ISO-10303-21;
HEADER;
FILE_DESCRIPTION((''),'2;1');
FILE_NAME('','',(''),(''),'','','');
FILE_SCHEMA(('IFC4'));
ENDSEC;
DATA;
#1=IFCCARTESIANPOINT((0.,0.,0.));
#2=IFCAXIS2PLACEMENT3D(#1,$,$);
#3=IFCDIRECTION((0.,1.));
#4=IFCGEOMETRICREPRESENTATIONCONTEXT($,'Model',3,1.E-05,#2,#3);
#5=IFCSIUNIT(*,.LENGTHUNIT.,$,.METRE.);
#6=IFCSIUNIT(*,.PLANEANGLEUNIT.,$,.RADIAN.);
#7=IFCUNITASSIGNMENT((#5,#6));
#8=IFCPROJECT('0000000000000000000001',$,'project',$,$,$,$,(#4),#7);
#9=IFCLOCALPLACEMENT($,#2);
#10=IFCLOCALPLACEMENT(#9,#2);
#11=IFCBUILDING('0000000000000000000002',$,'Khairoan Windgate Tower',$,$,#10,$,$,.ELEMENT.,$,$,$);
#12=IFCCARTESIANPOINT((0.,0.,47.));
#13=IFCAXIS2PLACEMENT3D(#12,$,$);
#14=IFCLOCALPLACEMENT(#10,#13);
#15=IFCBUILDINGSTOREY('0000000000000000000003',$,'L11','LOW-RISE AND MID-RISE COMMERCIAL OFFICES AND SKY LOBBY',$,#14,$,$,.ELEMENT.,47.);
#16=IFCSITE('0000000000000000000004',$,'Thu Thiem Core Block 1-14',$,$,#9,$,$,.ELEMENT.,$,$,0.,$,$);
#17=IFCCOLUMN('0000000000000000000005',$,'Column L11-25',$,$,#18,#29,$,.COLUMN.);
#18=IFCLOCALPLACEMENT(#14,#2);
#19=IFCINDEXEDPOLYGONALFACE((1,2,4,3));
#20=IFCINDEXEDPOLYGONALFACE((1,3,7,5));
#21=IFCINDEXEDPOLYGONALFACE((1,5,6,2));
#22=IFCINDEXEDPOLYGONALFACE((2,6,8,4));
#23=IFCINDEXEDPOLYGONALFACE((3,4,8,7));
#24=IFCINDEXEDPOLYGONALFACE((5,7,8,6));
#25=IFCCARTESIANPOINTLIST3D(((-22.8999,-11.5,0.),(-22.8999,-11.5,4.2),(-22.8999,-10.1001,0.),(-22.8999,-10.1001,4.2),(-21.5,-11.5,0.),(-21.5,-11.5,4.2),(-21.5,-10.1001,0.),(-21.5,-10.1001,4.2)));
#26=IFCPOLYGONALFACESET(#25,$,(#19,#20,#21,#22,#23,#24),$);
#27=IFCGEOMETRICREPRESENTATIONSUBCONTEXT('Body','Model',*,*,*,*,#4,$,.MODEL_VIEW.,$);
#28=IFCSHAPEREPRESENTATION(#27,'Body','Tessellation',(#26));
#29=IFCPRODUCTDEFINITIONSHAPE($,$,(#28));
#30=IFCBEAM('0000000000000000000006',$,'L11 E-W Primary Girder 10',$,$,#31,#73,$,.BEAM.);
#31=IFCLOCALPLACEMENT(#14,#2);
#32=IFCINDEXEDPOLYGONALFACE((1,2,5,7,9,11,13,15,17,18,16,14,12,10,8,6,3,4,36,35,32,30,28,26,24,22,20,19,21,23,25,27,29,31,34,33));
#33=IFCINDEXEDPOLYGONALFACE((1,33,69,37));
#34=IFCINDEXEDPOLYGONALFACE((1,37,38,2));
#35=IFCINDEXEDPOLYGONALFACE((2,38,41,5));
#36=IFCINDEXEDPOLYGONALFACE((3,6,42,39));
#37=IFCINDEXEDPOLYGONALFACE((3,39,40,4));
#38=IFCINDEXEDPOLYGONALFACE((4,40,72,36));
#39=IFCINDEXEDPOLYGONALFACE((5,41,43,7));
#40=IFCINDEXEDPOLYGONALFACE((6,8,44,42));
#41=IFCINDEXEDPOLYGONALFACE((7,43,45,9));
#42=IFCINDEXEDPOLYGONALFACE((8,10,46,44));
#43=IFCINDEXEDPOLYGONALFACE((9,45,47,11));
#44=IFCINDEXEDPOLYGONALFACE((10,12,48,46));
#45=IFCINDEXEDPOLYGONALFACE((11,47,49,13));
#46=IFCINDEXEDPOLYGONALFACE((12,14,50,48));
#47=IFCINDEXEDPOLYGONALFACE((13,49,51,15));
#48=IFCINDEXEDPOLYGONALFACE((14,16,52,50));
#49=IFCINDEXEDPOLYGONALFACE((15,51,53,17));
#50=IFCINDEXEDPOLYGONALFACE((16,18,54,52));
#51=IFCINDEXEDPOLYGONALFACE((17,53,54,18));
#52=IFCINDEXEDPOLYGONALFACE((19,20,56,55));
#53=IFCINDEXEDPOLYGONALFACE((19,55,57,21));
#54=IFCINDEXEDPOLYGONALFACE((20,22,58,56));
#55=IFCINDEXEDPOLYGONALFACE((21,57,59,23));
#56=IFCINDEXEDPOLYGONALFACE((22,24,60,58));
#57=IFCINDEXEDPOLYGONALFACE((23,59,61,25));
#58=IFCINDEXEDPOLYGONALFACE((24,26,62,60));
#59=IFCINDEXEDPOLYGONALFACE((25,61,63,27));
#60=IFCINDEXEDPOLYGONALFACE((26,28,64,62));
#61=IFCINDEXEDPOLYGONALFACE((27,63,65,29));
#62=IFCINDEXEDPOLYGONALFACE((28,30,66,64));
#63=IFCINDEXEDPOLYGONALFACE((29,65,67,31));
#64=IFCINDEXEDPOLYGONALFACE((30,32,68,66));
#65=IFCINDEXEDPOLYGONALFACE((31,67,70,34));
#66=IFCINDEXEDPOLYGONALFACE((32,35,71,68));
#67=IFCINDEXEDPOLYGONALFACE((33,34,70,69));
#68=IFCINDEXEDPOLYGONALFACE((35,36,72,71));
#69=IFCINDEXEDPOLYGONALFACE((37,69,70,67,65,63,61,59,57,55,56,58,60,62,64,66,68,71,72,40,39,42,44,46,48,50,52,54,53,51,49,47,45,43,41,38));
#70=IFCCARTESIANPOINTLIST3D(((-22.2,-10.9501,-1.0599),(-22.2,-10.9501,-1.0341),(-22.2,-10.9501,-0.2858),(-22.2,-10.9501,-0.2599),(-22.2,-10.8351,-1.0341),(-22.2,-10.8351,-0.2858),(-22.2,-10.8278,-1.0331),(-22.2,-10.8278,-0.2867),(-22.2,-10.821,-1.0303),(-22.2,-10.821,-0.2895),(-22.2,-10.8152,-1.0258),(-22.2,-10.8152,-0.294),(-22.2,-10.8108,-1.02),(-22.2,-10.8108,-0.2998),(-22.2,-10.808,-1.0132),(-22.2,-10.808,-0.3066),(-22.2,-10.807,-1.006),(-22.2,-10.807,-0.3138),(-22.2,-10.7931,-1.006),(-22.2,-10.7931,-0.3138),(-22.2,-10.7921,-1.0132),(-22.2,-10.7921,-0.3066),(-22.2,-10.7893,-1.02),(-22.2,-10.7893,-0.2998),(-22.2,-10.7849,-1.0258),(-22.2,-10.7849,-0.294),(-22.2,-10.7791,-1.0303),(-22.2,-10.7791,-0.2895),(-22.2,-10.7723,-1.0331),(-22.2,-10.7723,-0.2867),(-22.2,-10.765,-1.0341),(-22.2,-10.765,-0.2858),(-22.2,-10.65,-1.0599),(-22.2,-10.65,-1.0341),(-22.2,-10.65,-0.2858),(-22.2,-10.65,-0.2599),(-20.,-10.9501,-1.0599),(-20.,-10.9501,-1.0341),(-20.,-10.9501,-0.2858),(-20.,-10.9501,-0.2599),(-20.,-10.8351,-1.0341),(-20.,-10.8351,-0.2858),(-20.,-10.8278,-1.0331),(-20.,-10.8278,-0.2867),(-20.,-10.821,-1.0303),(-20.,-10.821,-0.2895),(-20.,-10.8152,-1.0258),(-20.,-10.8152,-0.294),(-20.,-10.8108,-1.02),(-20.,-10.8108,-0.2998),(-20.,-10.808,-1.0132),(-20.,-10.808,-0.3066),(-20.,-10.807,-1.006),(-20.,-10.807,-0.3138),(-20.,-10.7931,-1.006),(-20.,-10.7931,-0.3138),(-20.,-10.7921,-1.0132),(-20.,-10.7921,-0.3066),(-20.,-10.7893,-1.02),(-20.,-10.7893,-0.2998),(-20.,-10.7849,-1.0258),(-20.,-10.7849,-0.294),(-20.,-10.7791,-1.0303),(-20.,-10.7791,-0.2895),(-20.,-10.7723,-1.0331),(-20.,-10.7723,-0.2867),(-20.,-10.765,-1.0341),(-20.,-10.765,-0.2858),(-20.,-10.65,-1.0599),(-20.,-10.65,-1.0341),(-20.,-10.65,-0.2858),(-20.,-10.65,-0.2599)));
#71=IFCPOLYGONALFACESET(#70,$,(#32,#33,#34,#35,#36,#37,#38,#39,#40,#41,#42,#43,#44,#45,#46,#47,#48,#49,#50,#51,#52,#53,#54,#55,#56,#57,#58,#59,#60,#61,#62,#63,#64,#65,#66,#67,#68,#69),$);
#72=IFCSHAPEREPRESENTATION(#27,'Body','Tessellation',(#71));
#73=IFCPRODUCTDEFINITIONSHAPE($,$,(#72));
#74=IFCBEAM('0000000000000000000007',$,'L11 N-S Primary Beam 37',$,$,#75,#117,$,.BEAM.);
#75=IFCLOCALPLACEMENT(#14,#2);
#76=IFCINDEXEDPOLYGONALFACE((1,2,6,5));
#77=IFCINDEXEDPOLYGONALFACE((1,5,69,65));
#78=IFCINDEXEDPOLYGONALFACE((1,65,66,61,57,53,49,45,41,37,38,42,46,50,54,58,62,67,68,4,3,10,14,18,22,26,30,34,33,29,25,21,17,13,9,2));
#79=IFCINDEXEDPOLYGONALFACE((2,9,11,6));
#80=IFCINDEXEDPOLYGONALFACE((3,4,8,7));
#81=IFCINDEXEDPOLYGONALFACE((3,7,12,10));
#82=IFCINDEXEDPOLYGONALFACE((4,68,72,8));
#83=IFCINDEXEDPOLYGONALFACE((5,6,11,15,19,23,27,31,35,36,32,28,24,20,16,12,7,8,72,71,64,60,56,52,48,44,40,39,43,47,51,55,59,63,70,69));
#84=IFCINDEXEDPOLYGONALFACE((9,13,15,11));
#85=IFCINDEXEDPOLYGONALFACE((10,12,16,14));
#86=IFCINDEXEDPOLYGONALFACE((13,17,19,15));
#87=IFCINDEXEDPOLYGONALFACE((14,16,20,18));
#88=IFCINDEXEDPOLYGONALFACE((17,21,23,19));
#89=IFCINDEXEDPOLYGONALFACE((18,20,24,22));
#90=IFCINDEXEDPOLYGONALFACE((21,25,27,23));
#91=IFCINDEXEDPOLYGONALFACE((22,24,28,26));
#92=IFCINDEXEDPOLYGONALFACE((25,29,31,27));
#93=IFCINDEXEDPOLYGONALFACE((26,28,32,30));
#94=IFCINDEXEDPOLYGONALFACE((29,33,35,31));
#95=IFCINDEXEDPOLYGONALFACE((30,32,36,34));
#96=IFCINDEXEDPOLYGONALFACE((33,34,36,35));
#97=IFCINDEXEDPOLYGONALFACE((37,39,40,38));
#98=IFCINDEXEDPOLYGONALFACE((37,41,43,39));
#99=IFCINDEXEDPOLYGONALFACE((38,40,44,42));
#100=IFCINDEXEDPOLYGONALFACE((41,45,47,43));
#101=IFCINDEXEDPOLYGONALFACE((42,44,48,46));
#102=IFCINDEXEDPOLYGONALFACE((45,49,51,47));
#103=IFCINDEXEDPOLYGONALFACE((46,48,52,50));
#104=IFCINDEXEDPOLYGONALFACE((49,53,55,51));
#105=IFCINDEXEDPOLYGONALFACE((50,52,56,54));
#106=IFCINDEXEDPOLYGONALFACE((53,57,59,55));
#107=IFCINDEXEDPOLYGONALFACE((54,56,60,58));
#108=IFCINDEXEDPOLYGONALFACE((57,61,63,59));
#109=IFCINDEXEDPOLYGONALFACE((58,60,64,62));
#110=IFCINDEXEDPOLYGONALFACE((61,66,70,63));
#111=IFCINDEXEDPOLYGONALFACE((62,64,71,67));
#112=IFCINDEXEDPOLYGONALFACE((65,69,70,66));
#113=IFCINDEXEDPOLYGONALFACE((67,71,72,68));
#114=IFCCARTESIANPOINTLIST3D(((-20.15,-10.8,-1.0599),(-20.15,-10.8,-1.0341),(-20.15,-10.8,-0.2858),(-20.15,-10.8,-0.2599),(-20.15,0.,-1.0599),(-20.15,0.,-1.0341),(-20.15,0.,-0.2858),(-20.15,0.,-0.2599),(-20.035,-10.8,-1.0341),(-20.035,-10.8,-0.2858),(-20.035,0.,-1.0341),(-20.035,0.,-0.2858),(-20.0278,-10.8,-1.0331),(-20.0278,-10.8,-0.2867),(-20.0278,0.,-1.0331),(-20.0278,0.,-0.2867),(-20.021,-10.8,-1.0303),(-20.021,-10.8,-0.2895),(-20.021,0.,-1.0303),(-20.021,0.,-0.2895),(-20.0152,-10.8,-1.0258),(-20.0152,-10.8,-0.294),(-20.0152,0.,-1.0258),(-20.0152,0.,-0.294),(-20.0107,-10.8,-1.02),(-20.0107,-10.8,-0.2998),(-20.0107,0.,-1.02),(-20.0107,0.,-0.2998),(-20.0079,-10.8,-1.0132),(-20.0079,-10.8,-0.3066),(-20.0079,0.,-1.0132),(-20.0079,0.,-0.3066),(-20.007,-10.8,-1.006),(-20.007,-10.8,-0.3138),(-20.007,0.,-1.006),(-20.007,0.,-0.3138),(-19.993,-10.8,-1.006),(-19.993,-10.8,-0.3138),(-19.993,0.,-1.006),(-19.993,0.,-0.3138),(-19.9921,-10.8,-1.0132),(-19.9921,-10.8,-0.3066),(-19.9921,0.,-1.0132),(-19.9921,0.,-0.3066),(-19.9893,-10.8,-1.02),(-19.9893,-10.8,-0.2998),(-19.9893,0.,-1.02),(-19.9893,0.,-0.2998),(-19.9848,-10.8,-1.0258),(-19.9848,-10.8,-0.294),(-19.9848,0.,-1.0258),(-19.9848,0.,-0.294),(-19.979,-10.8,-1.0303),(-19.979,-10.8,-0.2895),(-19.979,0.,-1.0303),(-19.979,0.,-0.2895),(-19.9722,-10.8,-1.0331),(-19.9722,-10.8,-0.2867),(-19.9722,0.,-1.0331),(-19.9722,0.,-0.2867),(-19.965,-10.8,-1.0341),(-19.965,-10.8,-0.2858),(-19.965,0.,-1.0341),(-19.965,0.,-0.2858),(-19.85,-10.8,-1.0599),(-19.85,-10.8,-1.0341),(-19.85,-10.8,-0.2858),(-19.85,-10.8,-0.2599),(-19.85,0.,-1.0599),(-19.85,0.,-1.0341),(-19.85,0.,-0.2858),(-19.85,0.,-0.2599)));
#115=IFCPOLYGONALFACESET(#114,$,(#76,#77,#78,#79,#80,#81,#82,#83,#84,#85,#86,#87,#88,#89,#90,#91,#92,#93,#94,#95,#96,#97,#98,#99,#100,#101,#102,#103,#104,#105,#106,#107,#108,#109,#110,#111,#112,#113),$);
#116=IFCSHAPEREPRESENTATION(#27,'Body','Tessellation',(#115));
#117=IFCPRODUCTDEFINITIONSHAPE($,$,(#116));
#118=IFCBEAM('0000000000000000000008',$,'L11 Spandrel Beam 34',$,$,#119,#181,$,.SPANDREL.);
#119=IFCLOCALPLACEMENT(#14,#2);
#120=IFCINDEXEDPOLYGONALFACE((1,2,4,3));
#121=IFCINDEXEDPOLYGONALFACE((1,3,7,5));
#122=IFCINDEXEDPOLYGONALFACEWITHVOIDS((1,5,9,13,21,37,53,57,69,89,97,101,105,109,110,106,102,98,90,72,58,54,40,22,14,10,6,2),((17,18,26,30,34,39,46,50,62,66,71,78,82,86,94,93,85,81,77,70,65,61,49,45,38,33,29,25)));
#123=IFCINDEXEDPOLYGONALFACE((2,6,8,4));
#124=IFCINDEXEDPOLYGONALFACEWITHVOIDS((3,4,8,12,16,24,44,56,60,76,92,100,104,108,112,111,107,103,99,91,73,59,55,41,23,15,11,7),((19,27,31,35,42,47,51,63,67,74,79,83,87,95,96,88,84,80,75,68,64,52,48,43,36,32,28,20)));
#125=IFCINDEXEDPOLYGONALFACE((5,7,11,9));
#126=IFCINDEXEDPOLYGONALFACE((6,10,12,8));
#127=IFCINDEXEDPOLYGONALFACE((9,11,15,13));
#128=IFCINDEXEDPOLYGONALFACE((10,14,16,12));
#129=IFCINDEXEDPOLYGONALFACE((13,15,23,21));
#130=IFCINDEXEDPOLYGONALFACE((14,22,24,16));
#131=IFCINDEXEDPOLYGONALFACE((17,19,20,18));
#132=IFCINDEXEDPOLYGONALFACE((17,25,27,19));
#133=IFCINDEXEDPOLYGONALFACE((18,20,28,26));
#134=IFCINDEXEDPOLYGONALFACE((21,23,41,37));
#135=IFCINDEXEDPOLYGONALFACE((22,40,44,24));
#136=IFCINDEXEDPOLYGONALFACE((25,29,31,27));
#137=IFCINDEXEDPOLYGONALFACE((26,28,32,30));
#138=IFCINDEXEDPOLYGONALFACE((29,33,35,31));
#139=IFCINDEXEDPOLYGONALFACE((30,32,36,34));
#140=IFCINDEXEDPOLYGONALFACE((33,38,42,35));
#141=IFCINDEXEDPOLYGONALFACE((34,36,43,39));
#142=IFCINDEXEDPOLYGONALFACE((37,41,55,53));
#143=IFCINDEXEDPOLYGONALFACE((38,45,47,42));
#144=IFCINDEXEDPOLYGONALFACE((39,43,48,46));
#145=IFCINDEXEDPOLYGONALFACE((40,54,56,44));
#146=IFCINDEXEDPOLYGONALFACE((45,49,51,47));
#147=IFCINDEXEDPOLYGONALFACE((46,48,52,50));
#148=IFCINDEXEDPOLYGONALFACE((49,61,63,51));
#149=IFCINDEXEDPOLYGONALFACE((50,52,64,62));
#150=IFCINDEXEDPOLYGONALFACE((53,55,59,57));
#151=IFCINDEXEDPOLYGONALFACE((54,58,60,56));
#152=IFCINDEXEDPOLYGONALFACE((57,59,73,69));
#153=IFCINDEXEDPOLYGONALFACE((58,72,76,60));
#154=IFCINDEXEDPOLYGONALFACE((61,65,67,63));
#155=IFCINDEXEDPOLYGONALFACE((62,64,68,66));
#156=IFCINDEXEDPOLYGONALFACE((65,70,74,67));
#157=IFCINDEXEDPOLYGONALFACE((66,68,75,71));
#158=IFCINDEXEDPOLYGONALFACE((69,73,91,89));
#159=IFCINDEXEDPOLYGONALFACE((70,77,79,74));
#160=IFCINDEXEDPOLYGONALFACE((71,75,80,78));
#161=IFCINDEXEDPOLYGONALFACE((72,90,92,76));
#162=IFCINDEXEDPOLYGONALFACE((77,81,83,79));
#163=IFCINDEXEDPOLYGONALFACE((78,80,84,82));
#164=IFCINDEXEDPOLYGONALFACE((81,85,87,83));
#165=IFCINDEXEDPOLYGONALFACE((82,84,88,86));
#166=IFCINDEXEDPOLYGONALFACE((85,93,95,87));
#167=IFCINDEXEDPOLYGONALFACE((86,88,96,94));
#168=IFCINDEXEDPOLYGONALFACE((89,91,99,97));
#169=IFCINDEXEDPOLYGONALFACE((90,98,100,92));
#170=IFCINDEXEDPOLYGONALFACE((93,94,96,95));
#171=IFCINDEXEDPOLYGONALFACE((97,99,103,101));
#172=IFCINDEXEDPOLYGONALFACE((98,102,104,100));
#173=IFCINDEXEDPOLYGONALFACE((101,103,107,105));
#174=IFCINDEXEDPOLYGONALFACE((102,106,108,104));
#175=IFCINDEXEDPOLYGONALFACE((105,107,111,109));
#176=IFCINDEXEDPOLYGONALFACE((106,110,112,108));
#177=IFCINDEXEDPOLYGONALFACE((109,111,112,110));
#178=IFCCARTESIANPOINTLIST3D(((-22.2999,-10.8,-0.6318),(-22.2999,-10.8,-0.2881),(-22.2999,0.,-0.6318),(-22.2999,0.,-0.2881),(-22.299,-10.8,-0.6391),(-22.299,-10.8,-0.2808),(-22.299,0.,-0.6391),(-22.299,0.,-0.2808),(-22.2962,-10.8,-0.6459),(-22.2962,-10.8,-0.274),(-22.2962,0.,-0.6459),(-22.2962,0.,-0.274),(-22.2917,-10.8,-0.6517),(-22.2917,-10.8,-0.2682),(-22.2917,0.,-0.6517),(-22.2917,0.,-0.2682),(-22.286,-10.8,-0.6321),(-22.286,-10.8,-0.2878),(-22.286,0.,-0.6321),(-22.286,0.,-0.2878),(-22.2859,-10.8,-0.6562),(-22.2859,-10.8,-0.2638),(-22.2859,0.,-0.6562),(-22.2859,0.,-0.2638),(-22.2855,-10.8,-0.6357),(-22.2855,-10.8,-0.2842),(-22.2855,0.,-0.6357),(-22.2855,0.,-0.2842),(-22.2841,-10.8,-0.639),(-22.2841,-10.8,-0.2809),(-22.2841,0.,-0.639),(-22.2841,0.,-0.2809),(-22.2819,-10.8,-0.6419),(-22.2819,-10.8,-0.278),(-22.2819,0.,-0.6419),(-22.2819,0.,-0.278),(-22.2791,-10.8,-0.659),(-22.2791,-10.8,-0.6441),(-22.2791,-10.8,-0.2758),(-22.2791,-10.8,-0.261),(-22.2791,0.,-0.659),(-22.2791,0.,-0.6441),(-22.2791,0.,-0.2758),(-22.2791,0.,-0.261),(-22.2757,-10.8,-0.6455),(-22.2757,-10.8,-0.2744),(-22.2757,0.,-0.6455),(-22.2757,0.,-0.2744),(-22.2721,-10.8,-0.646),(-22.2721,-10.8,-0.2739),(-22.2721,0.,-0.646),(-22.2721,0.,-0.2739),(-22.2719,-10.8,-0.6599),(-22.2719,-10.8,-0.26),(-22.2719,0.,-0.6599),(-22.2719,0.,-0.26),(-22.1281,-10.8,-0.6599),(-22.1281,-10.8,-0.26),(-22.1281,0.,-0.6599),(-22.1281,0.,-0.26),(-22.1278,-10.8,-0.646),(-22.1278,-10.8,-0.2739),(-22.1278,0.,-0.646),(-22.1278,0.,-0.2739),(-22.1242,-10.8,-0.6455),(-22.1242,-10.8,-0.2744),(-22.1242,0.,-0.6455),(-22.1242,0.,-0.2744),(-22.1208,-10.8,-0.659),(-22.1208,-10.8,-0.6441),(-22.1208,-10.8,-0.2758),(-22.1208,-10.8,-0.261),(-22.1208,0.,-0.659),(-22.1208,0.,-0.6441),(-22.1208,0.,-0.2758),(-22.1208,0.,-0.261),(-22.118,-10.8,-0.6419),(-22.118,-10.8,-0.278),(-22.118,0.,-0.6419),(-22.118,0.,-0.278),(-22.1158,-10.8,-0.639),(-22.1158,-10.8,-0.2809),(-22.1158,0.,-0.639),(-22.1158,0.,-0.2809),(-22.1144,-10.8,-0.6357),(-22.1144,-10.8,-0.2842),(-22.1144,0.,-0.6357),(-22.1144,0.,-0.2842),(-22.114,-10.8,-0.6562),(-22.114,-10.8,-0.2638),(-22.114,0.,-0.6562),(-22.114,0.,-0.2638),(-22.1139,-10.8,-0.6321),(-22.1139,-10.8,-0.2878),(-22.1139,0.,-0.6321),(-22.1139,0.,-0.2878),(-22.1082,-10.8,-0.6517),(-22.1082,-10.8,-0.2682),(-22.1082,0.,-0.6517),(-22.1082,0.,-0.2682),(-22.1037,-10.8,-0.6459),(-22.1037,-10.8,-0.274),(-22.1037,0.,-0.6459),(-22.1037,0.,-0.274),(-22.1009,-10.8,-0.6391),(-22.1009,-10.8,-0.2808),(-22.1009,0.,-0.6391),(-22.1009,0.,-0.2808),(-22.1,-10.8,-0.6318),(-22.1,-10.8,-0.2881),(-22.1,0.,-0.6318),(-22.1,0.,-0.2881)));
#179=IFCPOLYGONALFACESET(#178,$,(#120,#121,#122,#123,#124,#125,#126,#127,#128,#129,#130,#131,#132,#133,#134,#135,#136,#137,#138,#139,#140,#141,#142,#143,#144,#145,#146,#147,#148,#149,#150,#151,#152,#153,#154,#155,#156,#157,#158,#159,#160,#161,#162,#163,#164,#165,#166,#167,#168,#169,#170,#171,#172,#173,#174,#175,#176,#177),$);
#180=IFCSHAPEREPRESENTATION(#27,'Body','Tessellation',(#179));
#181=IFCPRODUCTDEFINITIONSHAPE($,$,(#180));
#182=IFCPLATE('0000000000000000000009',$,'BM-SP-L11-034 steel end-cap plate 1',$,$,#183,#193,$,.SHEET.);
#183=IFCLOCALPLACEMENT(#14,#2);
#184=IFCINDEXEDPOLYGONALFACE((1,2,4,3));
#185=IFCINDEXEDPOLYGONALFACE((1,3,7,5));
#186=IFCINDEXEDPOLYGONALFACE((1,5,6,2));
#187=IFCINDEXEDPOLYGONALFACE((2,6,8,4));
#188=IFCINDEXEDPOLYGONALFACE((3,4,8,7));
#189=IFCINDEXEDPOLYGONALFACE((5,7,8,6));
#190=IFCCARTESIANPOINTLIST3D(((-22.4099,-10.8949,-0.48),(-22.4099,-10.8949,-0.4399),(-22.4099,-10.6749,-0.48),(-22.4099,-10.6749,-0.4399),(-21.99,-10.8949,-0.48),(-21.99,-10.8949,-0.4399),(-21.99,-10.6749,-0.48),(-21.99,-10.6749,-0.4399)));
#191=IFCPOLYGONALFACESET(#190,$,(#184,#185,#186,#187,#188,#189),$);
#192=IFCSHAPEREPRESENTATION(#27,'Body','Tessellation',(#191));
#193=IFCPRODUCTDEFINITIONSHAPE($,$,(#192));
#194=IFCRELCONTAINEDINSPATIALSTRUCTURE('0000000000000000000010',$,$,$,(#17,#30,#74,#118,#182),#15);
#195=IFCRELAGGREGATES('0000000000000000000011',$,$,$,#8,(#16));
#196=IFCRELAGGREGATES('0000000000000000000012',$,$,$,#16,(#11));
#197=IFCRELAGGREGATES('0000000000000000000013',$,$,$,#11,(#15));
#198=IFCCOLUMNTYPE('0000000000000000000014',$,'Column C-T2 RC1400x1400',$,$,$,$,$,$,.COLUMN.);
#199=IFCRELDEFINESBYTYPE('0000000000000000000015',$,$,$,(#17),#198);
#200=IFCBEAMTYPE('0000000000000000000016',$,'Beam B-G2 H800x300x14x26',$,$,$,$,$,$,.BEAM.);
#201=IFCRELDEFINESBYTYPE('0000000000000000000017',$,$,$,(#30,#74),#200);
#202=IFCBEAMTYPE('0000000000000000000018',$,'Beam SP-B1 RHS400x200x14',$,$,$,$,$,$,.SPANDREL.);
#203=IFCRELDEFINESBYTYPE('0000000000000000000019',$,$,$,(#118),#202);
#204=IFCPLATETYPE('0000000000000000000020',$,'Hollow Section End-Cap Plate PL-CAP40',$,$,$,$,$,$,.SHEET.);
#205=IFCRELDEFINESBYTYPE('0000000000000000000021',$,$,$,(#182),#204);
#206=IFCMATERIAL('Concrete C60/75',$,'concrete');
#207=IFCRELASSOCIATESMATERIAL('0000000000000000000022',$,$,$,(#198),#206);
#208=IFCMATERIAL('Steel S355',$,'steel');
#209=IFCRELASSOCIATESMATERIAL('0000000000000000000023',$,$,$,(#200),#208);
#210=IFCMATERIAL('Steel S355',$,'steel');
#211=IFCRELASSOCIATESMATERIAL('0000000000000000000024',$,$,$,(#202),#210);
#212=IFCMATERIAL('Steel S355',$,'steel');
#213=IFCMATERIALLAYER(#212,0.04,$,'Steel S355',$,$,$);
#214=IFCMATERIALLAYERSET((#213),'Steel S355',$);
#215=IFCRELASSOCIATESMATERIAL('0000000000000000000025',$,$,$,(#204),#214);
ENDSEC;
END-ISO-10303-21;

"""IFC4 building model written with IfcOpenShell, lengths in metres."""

from ifc_helpers import new_model, si_unit, direction, frame, origin, origin_2d, place, context, subcontext, project, spatial, rectangle, hollow_rectangle, i_section, extrude, material, layer, layer_set, material_profile, profile_set, type_object, element, save


model = new_model("IFC4")

# Units and contexts
model_context = context("Model", 3, precision=1e-05, world=origin(), true_north=direction((0.0, 1.0)))
body_context = subcontext(model_context, "Body", "Model", "MODEL_VIEW")
ifc_project = project(units=[si_unit("LENGTHUNIT", "METRE"), si_unit("PLANEANGLEUNIT", "RADIAN")], contexts=[model_context])

# Site, building, storey
site_placement = place(None, origin())
site = spatial("IfcSite", under=ifc_project, at=site_placement, Name="Thu Thiem Core Block 1-14", CompositionType="ELEMENT", RefElevation=0.0)
building_placement = place(site_placement, origin())
building = spatial("IfcBuilding", under=site, at=building_placement, Name="Khairoan Windgate Tower", CompositionType="ELEMENT")
storey_placement = place(building_placement, frame((0.0, 0.0, 47.0)))
storey = spatial("IfcBuildingStorey", under=building, at=storey_placement, Name="L11", Description="LOW-RISE AND MID-RISE COMMERCIAL OFFICES AND SKY LOBBY", CompositionType="ELEMENT", Elevation=47.0)

# Column
ifc_material_1 = material(Name="Concrete C60/75", Category="concrete")
ifc_material_profile_1 = material_profile(ifc_material_1, rectangle(XDim=1.3999, YDim=1.3999, at=origin_2d()))
ifc_profile_set_1 = profile_set([ifc_material_profile_1], Name="Concrete C60/75")
column_type = type_object("IfcColumnType", Name="Column C-T2 RC1400x1400", PredefinedType="COLUMN", material=ifc_profile_set_1)
column_placement = place(storey_placement, frame((-22.2, -10.8, 0.0), z_axis=(0.0, 0.0, 1.0), x_axis=(1.0, 0.0, 0.0)))
element("IfcColumn", 1, at=column_placement, inside=storey, type_object=column_type, Name="Column L11-25", PredefinedType="COLUMN", context=body_context, shape_type="SweptSolid", body=[
    extrude(rectangle(XDim=1.3999, YDim=1.3999, at=origin_2d()), origin(), (0.0, 0.0, 1.0), 4.2),
])

# Beams
ifc_material_2 = material(Name="Steel S355", Category="steel")
ifc_material_profile_2 = material_profile(ifc_material_2, i_section(OverallWidth=0.3, OverallDepth=0.8, WebThickness=0.0139, FlangeThickness=0.0259, FilletRadius=0.0281, at=origin_2d()))
ifc_profile_set_2 = profile_set([ifc_material_profile_2], Name="Steel S355")
beam_type_1 = type_object("IfcBeamType", Name="Beam B-G2 H800x300x14x26", PredefinedType="BEAM", material=ifc_profile_set_2)
beam_1_placement = place(storey_placement, frame((-22.2, -10.8, -0.6599), z_axis=(1.0, 0.0, 0.0), x_axis=(0.0, 1.0, 0.0)))
element("IfcBeam", 2, at=beam_1_placement, inside=storey, type_object=beam_type_1, Name="L11 E-W Primary Girder 10", PredefinedType="BEAM", context=body_context, shape_type="SweptSolid", body=[
    extrude(i_section(OverallWidth=0.3, OverallDepth=0.8, WebThickness=0.0139, FlangeThickness=0.0259, FilletRadius=0.0281, at=origin_2d()), origin(), (0.0, 0.0, 1.0), 2.2),
])
beam_2_placement = place(storey_placement, frame((-20.0, -10.8, -0.6599), z_axis=(0.0, 1.0, 0.0), x_axis=(-1.0, 0.0, 0.0)))
element("IfcBeam", 3, at=beam_2_placement, inside=storey, type_object=beam_type_1, Name="L11 N-S Primary Beam 37", PredefinedType="BEAM", context=body_context, shape_type="SweptSolid", body=[
    extrude(i_section(OverallWidth=0.3, OverallDepth=0.8, WebThickness=0.0139, FlangeThickness=0.0259, FilletRadius=0.0281, at=origin_2d()), origin(), (0.0, 0.0, 1.0), 10.8),
])
ifc_material_3 = material(Name="Steel S355", Category="steel")
ifc_material_profile_3 = material_profile(ifc_material_3, hollow_rectangle(XDim=0.2, YDim=0.3999, WallThickness=0.0139, InnerFilletRadius=0.0139, OuterFilletRadius=0.0281, at=origin_2d()))
ifc_profile_set_3 = profile_set([ifc_material_profile_3], Name="Steel S355")
beam_type_2 = type_object("IfcBeamType", Name="Beam SP-B1 RHS400x200x14", PredefinedType="SPANDREL", material=ifc_profile_set_3)
beam_3_placement = place(storey_placement, frame((-22.2, -10.8, -0.46), z_axis=(0.0, 1.0, 0.0), x_axis=(-1.0, 0.0, 0.0)))
element("IfcBeam", 4, at=beam_3_placement, inside=storey, type_object=beam_type_2, Name="L11 Spandrel Beam 34", PredefinedType="SPANDREL", context=body_context, shape_type="SweptSolid", body=[
    extrude(hollow_rectangle(XDim=0.2, YDim=0.3999, WallThickness=0.0139, InnerFilletRadius=0.0139, OuterFilletRadius=0.0281, at=origin_2d()), origin(), (0.0, 0.0, 1.0), 10.8),
])

# Plate
ifc_material_4 = material(Name="Steel S355", Category="steel")
ifc_layer_1 = layer(ifc_material_4, 0.04, Name="Steel S355")
ifc_layer_set_1 = layer_set([ifc_layer_1], Name="Steel S355")
plate_type_1 = type_object("IfcPlateType", Name="Hollow Section End-Cap Plate PL-CAP40", PredefinedType="SHEET", material=ifc_layer_set_1)
for number, where, z_axis, x_axis, name in (
    (5, (-22.2, -10.7849, -0.48), (0.0, 0.0, 1.0), (0.0, 1.0, 0.0), "BM-SP-L11-034 steel end-cap plate 1"),
):
    element("IfcPlate", number, at=place(storey_placement, frame(where, z_axis=z_axis, x_axis=x_axis)), inside=storey, type_object=plate_type_1, Name=name, PredefinedType="SHEET", context=body_context, shape_type="SweptSolid", body=[
        extrude(rectangle(XDim=0.22, YDim=0.4199, at=origin_2d()), origin(), (0.0, 0.0, 1.0), 0.04),
    ])

save(model, "model.ifc")
